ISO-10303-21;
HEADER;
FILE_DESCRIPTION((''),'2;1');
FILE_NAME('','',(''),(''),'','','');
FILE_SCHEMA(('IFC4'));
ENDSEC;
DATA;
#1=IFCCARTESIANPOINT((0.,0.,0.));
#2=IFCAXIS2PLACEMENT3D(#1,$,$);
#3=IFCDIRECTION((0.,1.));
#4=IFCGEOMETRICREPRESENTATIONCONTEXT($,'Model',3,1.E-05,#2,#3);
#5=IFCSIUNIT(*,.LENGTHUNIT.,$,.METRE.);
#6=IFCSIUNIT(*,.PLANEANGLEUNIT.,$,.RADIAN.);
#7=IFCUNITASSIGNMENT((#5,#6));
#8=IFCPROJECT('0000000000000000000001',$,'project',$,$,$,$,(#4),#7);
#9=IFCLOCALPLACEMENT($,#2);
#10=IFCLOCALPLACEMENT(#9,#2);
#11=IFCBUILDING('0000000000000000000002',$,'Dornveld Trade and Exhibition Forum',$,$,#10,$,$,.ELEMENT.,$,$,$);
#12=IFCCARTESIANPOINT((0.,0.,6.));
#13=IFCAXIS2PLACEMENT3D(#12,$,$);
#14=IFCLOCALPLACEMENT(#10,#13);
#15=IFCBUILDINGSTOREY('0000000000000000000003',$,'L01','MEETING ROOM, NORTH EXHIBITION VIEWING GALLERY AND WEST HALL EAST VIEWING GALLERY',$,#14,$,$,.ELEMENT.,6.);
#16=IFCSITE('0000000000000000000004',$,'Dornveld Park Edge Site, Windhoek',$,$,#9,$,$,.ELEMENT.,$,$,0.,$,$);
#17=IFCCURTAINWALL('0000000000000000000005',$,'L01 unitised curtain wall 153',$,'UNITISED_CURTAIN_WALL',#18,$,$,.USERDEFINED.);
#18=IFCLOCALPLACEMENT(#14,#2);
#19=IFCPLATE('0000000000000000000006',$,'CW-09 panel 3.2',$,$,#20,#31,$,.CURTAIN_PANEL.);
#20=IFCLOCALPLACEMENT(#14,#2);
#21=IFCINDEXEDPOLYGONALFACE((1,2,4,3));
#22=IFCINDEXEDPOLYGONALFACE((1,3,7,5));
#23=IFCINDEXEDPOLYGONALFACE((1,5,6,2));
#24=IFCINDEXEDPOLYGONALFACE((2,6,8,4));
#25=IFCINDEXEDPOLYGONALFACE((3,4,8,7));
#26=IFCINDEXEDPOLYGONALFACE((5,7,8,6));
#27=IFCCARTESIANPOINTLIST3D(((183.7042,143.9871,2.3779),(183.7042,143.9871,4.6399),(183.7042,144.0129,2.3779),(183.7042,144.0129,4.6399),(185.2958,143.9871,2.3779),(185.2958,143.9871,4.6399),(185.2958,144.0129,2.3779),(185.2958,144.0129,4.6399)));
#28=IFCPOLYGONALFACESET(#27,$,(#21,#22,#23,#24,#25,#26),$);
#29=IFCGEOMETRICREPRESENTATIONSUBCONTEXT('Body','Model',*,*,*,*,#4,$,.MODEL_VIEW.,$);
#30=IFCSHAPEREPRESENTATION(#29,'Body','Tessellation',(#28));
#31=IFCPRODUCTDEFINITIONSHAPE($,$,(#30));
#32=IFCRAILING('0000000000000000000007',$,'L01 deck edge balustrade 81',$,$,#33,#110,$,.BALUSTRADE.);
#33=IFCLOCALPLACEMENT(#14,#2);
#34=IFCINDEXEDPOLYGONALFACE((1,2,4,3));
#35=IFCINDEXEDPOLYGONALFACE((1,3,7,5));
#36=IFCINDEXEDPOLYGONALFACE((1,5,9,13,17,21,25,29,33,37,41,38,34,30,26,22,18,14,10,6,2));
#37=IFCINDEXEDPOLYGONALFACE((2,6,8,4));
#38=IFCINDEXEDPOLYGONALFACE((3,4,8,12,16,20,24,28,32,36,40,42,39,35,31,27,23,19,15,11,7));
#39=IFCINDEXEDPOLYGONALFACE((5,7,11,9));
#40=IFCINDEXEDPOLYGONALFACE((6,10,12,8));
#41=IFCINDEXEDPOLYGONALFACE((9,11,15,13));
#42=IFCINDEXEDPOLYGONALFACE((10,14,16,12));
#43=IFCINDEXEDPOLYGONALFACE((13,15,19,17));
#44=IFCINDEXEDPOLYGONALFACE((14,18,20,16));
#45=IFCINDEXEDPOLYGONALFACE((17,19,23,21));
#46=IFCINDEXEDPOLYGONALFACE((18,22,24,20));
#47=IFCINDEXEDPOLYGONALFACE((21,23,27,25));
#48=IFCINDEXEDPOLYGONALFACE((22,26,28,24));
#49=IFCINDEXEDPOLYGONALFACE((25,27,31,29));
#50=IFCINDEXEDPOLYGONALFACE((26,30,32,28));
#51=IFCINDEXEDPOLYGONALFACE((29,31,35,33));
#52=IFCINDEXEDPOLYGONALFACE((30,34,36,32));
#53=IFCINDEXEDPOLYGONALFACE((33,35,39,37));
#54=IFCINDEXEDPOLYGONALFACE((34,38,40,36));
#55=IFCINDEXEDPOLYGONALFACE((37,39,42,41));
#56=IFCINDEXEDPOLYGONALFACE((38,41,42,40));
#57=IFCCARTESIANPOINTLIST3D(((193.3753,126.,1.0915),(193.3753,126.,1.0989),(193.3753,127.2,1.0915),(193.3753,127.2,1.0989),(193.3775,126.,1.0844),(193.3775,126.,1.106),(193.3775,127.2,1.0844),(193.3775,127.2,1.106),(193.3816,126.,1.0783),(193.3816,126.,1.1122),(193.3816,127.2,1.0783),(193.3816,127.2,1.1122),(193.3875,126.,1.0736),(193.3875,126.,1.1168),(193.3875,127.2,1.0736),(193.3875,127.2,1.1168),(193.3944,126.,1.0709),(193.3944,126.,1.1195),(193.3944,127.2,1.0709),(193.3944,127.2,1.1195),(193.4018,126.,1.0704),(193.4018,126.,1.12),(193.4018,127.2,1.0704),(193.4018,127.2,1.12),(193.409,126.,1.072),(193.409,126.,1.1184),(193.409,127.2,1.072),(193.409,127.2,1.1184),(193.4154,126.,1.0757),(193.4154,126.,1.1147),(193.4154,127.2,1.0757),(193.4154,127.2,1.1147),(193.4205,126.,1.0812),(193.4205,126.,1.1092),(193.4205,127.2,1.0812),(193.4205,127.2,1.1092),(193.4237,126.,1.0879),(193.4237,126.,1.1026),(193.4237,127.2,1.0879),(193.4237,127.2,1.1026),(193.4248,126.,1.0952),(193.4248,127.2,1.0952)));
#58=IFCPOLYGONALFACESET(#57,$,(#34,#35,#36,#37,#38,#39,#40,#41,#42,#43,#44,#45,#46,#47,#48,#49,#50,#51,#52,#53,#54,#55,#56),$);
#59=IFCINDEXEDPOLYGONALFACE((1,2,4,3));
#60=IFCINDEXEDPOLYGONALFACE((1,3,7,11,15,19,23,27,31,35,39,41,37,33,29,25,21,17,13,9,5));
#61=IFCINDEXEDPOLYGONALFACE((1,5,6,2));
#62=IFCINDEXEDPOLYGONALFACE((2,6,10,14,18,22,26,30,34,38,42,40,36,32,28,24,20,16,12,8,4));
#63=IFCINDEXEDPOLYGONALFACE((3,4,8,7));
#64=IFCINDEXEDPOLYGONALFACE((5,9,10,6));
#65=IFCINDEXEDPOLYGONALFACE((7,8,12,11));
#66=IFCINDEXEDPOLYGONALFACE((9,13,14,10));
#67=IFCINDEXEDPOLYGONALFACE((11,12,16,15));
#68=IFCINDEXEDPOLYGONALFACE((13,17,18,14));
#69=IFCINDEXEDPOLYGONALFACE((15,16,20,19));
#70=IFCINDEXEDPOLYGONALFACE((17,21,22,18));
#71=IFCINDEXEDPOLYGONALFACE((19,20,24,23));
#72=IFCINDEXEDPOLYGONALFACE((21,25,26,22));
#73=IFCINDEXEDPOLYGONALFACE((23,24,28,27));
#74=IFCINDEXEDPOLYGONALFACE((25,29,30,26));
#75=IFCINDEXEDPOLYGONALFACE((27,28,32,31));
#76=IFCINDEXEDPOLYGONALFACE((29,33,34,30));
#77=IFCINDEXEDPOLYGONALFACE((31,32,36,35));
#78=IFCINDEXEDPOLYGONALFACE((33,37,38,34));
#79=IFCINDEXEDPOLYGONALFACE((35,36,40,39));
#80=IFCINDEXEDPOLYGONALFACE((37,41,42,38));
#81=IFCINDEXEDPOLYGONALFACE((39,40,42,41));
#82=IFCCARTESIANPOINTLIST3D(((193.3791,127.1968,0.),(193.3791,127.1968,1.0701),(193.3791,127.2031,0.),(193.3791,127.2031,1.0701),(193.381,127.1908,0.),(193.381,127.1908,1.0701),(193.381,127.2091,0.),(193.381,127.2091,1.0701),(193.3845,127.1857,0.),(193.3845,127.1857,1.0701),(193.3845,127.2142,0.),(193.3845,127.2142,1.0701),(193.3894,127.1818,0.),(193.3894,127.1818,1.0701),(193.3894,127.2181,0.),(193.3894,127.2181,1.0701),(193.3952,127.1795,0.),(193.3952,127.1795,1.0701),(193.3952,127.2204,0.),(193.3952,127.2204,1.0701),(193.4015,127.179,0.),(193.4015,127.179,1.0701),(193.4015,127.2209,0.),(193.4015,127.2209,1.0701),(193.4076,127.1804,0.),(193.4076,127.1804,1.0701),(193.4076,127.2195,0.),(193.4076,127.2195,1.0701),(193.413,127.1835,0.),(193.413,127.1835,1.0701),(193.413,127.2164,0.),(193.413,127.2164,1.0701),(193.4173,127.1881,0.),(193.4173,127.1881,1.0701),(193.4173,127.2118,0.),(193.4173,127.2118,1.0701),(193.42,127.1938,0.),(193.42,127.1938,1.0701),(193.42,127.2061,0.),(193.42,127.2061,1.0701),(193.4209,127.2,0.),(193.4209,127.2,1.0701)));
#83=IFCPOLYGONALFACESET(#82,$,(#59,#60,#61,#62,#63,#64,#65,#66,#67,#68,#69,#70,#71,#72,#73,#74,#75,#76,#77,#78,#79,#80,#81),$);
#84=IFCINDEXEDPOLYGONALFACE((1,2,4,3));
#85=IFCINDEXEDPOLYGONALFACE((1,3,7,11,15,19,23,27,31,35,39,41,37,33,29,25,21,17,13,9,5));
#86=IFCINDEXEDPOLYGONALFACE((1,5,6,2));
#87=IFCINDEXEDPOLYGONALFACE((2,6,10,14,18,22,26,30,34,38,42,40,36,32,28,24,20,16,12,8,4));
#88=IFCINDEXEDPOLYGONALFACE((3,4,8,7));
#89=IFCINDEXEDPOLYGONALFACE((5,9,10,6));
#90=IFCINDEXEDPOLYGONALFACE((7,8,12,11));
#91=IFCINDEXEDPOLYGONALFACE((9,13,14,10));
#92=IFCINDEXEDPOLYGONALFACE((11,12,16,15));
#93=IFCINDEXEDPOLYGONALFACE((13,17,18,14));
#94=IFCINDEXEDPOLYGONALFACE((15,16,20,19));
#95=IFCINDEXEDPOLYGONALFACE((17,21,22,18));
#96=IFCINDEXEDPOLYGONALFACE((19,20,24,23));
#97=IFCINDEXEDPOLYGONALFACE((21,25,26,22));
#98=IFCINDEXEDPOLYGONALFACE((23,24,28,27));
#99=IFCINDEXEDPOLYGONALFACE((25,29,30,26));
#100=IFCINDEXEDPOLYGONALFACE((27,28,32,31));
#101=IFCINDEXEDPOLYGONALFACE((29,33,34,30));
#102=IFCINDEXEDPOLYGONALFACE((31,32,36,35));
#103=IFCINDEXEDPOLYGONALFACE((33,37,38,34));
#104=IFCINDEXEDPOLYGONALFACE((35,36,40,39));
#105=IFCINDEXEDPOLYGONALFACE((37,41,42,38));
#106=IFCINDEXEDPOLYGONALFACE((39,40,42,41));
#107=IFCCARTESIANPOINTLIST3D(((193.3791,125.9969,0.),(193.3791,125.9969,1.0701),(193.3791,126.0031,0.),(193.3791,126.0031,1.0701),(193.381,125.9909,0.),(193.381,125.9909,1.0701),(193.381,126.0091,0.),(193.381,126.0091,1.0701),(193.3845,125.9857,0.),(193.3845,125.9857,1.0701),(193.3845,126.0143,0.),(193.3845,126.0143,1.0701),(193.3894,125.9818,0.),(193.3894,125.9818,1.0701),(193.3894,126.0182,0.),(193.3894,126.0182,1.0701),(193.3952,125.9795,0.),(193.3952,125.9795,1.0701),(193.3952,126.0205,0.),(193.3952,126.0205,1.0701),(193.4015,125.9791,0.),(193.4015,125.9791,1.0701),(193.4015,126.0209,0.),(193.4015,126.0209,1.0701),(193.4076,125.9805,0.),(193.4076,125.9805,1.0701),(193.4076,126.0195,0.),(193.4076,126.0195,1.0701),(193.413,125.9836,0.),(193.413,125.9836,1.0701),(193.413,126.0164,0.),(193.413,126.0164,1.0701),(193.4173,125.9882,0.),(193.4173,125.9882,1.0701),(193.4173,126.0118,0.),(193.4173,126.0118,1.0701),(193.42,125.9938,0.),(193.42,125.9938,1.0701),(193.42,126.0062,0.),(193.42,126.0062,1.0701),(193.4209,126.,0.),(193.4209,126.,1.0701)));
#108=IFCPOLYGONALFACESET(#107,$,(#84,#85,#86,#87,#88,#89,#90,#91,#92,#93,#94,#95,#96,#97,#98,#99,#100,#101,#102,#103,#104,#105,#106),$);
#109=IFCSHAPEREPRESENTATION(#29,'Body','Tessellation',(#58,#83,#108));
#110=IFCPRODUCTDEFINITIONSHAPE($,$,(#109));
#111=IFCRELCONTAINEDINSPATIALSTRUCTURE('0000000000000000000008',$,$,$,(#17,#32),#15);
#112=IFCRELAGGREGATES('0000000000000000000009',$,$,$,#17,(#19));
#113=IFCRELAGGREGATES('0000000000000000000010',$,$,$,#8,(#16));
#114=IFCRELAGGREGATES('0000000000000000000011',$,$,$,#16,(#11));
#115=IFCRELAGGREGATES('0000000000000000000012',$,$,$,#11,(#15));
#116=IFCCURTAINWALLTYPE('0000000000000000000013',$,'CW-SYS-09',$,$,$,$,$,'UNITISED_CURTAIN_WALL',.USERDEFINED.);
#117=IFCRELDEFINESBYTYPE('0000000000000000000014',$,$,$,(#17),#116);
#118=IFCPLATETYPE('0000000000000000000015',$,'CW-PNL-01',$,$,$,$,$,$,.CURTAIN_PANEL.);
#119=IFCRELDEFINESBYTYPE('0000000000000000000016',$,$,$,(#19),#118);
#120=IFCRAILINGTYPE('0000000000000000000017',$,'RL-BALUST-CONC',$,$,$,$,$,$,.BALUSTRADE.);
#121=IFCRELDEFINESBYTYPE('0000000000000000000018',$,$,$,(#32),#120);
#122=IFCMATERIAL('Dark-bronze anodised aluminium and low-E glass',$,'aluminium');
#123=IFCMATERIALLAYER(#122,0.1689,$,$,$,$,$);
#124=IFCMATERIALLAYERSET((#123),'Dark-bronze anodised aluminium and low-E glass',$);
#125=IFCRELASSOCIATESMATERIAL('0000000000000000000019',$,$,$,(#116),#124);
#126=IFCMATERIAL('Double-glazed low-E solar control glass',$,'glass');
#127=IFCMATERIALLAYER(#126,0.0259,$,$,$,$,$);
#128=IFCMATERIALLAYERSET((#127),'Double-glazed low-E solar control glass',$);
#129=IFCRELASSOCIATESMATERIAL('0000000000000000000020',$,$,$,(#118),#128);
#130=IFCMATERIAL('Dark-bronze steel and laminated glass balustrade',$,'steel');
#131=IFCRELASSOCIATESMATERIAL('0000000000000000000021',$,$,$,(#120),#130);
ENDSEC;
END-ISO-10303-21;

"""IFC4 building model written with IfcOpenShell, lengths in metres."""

from ifc_helpers import new_model, si_unit, direction, frame, origin, origin_2d, place, context, subcontext, project, spatial, rectangle, circle, extrude, material, layer, layer_set, type_object, element, aggregate, save


model = new_model("IFC4")

# Units and contexts
model_context = context("Model", 3, precision=1e-05, world=origin(), true_north=direction((0.0, 1.0)))
body_context = subcontext(model_context, "Body", "Model", "MODEL_VIEW")
ifc_project = project(units=[si_unit("LENGTHUNIT", "METRE"), si_unit("PLANEANGLEUNIT", "RADIAN")], contexts=[model_context])

# Site, building, storey
site_placement = place(None, origin())
site = spatial("IfcSite", under=ifc_project, at=site_placement, Name="Dornveld Park Edge Site, Windhoek", CompositionType="ELEMENT", RefElevation=0.0)
building_placement = place(site_placement, origin())
building = spatial("IfcBuilding", under=site, at=building_placement, Name="Dornveld Trade and Exhibition Forum", CompositionType="ELEMENT")
storey_placement = place(building_placement, frame((0.0, 0.0, 6.0)))
storey = spatial("IfcBuildingStorey", under=building, at=storey_placement, Name="L01", Description="MEETING ROOM, NORTH EXHIBITION VIEWING GALLERY AND WEST HALL EAST VIEWING GALLERY", CompositionType="ELEMENT", Elevation=6.0)

# Curtain wall, plate
ifc_material_1 = material(Name="Dark-bronze anodised aluminium and low-E glass", Category="aluminium")
ifc_layer_1 = layer(ifc_material_1, 0.1689)
ifc_layer_set_1 = layer_set([ifc_layer_1], Name="Dark-bronze anodised aluminium and low-E glass")
curtain_wall_type = type_object("IfcCurtainWallType", Name="CW-SYS-09", ElementType="UNITISED_CURTAIN_WALL", PredefinedType="USERDEFINED", material=ifc_layer_set_1)
curtain_wall_placement = place(storey_placement, origin())
curtain_wall = element("IfcCurtainWall", 1, at=curtain_wall_placement, inside=storey, type_object=curtain_wall_type, Name="L01 unitised curtain wall 153", ObjectType="UNITISED_CURTAIN_WALL", PredefinedType="USERDEFINED")
ifc_material_2 = material(Name="Double-glazed low-E solar control glass", Category="glass")
ifc_layer_2 = layer(ifc_material_2, 0.0259)
ifc_layer_set_2 = layer_set([ifc_layer_2], Name="Double-glazed low-E solar control glass")
plate_type = type_object("IfcPlateType", Name="CW-PNL-01", PredefinedType="CURTAIN_PANEL", material=ifc_layer_set_2)
plate_1_placement = place(storey_placement, frame((184.5, 144.0, 2.3779), z_axis=(0.0, 0.0, 1.0), x_axis=(-1.0, 0.0, 0.0)))
plate_1 = element("IfcPlate", 2, at=plate_1_placement, type_object=plate_type, Name="CW-09 panel 3.2", PredefinedType="CURTAIN_PANEL", context=body_context, shape_type="SweptSolid", body=[
    extrude(rectangle(XDim=1.5916, YDim=0.0259, at=origin_2d()), origin(), (0.0, 0.0, 1.0), 2.262),
])
aggregate(curtain_wall, [plate_1])

# Railing
ifc_material_3 = material(Name="Dark-bronze steel and laminated glass balustrade", Category="steel")
railing_type = type_object("IfcRailingType", Name="RL-BALUST-CONC", PredefinedType="BALUSTRADE", material=ifc_material_3)
railing_1_placement = place(storey_placement, frame((193.3999, 127.2, 0.0)))
element("IfcRailing", 3, at=railing_1_placement, inside=storey, type_object=railing_type, Name="L01 deck edge balustrade 81", PredefinedType="BALUSTRADE", context=body_context, shape_type="SweptSolid", body=[
    extrude(circle(Radius=0.0249, at=origin_2d()), frame((0.0, 0.0, 1.0952), z_axis=(0.0, -1.0, 0.0), x_axis=(1.0, 0.0, 0.0)), (0.0, 0.0, 1.0), 1.2),
    extrude(circle(Radius=0.021, at=origin_2d()), origin(), (0.0, 0.0, 1.0), 1.0701),
    extrude(circle(Radius=0.021, at=origin_2d()), frame((0.0, -1.2, 0.0)), (0.0, 0.0, 1.0), 1.0701),
])

save(model, "model.ifc")
